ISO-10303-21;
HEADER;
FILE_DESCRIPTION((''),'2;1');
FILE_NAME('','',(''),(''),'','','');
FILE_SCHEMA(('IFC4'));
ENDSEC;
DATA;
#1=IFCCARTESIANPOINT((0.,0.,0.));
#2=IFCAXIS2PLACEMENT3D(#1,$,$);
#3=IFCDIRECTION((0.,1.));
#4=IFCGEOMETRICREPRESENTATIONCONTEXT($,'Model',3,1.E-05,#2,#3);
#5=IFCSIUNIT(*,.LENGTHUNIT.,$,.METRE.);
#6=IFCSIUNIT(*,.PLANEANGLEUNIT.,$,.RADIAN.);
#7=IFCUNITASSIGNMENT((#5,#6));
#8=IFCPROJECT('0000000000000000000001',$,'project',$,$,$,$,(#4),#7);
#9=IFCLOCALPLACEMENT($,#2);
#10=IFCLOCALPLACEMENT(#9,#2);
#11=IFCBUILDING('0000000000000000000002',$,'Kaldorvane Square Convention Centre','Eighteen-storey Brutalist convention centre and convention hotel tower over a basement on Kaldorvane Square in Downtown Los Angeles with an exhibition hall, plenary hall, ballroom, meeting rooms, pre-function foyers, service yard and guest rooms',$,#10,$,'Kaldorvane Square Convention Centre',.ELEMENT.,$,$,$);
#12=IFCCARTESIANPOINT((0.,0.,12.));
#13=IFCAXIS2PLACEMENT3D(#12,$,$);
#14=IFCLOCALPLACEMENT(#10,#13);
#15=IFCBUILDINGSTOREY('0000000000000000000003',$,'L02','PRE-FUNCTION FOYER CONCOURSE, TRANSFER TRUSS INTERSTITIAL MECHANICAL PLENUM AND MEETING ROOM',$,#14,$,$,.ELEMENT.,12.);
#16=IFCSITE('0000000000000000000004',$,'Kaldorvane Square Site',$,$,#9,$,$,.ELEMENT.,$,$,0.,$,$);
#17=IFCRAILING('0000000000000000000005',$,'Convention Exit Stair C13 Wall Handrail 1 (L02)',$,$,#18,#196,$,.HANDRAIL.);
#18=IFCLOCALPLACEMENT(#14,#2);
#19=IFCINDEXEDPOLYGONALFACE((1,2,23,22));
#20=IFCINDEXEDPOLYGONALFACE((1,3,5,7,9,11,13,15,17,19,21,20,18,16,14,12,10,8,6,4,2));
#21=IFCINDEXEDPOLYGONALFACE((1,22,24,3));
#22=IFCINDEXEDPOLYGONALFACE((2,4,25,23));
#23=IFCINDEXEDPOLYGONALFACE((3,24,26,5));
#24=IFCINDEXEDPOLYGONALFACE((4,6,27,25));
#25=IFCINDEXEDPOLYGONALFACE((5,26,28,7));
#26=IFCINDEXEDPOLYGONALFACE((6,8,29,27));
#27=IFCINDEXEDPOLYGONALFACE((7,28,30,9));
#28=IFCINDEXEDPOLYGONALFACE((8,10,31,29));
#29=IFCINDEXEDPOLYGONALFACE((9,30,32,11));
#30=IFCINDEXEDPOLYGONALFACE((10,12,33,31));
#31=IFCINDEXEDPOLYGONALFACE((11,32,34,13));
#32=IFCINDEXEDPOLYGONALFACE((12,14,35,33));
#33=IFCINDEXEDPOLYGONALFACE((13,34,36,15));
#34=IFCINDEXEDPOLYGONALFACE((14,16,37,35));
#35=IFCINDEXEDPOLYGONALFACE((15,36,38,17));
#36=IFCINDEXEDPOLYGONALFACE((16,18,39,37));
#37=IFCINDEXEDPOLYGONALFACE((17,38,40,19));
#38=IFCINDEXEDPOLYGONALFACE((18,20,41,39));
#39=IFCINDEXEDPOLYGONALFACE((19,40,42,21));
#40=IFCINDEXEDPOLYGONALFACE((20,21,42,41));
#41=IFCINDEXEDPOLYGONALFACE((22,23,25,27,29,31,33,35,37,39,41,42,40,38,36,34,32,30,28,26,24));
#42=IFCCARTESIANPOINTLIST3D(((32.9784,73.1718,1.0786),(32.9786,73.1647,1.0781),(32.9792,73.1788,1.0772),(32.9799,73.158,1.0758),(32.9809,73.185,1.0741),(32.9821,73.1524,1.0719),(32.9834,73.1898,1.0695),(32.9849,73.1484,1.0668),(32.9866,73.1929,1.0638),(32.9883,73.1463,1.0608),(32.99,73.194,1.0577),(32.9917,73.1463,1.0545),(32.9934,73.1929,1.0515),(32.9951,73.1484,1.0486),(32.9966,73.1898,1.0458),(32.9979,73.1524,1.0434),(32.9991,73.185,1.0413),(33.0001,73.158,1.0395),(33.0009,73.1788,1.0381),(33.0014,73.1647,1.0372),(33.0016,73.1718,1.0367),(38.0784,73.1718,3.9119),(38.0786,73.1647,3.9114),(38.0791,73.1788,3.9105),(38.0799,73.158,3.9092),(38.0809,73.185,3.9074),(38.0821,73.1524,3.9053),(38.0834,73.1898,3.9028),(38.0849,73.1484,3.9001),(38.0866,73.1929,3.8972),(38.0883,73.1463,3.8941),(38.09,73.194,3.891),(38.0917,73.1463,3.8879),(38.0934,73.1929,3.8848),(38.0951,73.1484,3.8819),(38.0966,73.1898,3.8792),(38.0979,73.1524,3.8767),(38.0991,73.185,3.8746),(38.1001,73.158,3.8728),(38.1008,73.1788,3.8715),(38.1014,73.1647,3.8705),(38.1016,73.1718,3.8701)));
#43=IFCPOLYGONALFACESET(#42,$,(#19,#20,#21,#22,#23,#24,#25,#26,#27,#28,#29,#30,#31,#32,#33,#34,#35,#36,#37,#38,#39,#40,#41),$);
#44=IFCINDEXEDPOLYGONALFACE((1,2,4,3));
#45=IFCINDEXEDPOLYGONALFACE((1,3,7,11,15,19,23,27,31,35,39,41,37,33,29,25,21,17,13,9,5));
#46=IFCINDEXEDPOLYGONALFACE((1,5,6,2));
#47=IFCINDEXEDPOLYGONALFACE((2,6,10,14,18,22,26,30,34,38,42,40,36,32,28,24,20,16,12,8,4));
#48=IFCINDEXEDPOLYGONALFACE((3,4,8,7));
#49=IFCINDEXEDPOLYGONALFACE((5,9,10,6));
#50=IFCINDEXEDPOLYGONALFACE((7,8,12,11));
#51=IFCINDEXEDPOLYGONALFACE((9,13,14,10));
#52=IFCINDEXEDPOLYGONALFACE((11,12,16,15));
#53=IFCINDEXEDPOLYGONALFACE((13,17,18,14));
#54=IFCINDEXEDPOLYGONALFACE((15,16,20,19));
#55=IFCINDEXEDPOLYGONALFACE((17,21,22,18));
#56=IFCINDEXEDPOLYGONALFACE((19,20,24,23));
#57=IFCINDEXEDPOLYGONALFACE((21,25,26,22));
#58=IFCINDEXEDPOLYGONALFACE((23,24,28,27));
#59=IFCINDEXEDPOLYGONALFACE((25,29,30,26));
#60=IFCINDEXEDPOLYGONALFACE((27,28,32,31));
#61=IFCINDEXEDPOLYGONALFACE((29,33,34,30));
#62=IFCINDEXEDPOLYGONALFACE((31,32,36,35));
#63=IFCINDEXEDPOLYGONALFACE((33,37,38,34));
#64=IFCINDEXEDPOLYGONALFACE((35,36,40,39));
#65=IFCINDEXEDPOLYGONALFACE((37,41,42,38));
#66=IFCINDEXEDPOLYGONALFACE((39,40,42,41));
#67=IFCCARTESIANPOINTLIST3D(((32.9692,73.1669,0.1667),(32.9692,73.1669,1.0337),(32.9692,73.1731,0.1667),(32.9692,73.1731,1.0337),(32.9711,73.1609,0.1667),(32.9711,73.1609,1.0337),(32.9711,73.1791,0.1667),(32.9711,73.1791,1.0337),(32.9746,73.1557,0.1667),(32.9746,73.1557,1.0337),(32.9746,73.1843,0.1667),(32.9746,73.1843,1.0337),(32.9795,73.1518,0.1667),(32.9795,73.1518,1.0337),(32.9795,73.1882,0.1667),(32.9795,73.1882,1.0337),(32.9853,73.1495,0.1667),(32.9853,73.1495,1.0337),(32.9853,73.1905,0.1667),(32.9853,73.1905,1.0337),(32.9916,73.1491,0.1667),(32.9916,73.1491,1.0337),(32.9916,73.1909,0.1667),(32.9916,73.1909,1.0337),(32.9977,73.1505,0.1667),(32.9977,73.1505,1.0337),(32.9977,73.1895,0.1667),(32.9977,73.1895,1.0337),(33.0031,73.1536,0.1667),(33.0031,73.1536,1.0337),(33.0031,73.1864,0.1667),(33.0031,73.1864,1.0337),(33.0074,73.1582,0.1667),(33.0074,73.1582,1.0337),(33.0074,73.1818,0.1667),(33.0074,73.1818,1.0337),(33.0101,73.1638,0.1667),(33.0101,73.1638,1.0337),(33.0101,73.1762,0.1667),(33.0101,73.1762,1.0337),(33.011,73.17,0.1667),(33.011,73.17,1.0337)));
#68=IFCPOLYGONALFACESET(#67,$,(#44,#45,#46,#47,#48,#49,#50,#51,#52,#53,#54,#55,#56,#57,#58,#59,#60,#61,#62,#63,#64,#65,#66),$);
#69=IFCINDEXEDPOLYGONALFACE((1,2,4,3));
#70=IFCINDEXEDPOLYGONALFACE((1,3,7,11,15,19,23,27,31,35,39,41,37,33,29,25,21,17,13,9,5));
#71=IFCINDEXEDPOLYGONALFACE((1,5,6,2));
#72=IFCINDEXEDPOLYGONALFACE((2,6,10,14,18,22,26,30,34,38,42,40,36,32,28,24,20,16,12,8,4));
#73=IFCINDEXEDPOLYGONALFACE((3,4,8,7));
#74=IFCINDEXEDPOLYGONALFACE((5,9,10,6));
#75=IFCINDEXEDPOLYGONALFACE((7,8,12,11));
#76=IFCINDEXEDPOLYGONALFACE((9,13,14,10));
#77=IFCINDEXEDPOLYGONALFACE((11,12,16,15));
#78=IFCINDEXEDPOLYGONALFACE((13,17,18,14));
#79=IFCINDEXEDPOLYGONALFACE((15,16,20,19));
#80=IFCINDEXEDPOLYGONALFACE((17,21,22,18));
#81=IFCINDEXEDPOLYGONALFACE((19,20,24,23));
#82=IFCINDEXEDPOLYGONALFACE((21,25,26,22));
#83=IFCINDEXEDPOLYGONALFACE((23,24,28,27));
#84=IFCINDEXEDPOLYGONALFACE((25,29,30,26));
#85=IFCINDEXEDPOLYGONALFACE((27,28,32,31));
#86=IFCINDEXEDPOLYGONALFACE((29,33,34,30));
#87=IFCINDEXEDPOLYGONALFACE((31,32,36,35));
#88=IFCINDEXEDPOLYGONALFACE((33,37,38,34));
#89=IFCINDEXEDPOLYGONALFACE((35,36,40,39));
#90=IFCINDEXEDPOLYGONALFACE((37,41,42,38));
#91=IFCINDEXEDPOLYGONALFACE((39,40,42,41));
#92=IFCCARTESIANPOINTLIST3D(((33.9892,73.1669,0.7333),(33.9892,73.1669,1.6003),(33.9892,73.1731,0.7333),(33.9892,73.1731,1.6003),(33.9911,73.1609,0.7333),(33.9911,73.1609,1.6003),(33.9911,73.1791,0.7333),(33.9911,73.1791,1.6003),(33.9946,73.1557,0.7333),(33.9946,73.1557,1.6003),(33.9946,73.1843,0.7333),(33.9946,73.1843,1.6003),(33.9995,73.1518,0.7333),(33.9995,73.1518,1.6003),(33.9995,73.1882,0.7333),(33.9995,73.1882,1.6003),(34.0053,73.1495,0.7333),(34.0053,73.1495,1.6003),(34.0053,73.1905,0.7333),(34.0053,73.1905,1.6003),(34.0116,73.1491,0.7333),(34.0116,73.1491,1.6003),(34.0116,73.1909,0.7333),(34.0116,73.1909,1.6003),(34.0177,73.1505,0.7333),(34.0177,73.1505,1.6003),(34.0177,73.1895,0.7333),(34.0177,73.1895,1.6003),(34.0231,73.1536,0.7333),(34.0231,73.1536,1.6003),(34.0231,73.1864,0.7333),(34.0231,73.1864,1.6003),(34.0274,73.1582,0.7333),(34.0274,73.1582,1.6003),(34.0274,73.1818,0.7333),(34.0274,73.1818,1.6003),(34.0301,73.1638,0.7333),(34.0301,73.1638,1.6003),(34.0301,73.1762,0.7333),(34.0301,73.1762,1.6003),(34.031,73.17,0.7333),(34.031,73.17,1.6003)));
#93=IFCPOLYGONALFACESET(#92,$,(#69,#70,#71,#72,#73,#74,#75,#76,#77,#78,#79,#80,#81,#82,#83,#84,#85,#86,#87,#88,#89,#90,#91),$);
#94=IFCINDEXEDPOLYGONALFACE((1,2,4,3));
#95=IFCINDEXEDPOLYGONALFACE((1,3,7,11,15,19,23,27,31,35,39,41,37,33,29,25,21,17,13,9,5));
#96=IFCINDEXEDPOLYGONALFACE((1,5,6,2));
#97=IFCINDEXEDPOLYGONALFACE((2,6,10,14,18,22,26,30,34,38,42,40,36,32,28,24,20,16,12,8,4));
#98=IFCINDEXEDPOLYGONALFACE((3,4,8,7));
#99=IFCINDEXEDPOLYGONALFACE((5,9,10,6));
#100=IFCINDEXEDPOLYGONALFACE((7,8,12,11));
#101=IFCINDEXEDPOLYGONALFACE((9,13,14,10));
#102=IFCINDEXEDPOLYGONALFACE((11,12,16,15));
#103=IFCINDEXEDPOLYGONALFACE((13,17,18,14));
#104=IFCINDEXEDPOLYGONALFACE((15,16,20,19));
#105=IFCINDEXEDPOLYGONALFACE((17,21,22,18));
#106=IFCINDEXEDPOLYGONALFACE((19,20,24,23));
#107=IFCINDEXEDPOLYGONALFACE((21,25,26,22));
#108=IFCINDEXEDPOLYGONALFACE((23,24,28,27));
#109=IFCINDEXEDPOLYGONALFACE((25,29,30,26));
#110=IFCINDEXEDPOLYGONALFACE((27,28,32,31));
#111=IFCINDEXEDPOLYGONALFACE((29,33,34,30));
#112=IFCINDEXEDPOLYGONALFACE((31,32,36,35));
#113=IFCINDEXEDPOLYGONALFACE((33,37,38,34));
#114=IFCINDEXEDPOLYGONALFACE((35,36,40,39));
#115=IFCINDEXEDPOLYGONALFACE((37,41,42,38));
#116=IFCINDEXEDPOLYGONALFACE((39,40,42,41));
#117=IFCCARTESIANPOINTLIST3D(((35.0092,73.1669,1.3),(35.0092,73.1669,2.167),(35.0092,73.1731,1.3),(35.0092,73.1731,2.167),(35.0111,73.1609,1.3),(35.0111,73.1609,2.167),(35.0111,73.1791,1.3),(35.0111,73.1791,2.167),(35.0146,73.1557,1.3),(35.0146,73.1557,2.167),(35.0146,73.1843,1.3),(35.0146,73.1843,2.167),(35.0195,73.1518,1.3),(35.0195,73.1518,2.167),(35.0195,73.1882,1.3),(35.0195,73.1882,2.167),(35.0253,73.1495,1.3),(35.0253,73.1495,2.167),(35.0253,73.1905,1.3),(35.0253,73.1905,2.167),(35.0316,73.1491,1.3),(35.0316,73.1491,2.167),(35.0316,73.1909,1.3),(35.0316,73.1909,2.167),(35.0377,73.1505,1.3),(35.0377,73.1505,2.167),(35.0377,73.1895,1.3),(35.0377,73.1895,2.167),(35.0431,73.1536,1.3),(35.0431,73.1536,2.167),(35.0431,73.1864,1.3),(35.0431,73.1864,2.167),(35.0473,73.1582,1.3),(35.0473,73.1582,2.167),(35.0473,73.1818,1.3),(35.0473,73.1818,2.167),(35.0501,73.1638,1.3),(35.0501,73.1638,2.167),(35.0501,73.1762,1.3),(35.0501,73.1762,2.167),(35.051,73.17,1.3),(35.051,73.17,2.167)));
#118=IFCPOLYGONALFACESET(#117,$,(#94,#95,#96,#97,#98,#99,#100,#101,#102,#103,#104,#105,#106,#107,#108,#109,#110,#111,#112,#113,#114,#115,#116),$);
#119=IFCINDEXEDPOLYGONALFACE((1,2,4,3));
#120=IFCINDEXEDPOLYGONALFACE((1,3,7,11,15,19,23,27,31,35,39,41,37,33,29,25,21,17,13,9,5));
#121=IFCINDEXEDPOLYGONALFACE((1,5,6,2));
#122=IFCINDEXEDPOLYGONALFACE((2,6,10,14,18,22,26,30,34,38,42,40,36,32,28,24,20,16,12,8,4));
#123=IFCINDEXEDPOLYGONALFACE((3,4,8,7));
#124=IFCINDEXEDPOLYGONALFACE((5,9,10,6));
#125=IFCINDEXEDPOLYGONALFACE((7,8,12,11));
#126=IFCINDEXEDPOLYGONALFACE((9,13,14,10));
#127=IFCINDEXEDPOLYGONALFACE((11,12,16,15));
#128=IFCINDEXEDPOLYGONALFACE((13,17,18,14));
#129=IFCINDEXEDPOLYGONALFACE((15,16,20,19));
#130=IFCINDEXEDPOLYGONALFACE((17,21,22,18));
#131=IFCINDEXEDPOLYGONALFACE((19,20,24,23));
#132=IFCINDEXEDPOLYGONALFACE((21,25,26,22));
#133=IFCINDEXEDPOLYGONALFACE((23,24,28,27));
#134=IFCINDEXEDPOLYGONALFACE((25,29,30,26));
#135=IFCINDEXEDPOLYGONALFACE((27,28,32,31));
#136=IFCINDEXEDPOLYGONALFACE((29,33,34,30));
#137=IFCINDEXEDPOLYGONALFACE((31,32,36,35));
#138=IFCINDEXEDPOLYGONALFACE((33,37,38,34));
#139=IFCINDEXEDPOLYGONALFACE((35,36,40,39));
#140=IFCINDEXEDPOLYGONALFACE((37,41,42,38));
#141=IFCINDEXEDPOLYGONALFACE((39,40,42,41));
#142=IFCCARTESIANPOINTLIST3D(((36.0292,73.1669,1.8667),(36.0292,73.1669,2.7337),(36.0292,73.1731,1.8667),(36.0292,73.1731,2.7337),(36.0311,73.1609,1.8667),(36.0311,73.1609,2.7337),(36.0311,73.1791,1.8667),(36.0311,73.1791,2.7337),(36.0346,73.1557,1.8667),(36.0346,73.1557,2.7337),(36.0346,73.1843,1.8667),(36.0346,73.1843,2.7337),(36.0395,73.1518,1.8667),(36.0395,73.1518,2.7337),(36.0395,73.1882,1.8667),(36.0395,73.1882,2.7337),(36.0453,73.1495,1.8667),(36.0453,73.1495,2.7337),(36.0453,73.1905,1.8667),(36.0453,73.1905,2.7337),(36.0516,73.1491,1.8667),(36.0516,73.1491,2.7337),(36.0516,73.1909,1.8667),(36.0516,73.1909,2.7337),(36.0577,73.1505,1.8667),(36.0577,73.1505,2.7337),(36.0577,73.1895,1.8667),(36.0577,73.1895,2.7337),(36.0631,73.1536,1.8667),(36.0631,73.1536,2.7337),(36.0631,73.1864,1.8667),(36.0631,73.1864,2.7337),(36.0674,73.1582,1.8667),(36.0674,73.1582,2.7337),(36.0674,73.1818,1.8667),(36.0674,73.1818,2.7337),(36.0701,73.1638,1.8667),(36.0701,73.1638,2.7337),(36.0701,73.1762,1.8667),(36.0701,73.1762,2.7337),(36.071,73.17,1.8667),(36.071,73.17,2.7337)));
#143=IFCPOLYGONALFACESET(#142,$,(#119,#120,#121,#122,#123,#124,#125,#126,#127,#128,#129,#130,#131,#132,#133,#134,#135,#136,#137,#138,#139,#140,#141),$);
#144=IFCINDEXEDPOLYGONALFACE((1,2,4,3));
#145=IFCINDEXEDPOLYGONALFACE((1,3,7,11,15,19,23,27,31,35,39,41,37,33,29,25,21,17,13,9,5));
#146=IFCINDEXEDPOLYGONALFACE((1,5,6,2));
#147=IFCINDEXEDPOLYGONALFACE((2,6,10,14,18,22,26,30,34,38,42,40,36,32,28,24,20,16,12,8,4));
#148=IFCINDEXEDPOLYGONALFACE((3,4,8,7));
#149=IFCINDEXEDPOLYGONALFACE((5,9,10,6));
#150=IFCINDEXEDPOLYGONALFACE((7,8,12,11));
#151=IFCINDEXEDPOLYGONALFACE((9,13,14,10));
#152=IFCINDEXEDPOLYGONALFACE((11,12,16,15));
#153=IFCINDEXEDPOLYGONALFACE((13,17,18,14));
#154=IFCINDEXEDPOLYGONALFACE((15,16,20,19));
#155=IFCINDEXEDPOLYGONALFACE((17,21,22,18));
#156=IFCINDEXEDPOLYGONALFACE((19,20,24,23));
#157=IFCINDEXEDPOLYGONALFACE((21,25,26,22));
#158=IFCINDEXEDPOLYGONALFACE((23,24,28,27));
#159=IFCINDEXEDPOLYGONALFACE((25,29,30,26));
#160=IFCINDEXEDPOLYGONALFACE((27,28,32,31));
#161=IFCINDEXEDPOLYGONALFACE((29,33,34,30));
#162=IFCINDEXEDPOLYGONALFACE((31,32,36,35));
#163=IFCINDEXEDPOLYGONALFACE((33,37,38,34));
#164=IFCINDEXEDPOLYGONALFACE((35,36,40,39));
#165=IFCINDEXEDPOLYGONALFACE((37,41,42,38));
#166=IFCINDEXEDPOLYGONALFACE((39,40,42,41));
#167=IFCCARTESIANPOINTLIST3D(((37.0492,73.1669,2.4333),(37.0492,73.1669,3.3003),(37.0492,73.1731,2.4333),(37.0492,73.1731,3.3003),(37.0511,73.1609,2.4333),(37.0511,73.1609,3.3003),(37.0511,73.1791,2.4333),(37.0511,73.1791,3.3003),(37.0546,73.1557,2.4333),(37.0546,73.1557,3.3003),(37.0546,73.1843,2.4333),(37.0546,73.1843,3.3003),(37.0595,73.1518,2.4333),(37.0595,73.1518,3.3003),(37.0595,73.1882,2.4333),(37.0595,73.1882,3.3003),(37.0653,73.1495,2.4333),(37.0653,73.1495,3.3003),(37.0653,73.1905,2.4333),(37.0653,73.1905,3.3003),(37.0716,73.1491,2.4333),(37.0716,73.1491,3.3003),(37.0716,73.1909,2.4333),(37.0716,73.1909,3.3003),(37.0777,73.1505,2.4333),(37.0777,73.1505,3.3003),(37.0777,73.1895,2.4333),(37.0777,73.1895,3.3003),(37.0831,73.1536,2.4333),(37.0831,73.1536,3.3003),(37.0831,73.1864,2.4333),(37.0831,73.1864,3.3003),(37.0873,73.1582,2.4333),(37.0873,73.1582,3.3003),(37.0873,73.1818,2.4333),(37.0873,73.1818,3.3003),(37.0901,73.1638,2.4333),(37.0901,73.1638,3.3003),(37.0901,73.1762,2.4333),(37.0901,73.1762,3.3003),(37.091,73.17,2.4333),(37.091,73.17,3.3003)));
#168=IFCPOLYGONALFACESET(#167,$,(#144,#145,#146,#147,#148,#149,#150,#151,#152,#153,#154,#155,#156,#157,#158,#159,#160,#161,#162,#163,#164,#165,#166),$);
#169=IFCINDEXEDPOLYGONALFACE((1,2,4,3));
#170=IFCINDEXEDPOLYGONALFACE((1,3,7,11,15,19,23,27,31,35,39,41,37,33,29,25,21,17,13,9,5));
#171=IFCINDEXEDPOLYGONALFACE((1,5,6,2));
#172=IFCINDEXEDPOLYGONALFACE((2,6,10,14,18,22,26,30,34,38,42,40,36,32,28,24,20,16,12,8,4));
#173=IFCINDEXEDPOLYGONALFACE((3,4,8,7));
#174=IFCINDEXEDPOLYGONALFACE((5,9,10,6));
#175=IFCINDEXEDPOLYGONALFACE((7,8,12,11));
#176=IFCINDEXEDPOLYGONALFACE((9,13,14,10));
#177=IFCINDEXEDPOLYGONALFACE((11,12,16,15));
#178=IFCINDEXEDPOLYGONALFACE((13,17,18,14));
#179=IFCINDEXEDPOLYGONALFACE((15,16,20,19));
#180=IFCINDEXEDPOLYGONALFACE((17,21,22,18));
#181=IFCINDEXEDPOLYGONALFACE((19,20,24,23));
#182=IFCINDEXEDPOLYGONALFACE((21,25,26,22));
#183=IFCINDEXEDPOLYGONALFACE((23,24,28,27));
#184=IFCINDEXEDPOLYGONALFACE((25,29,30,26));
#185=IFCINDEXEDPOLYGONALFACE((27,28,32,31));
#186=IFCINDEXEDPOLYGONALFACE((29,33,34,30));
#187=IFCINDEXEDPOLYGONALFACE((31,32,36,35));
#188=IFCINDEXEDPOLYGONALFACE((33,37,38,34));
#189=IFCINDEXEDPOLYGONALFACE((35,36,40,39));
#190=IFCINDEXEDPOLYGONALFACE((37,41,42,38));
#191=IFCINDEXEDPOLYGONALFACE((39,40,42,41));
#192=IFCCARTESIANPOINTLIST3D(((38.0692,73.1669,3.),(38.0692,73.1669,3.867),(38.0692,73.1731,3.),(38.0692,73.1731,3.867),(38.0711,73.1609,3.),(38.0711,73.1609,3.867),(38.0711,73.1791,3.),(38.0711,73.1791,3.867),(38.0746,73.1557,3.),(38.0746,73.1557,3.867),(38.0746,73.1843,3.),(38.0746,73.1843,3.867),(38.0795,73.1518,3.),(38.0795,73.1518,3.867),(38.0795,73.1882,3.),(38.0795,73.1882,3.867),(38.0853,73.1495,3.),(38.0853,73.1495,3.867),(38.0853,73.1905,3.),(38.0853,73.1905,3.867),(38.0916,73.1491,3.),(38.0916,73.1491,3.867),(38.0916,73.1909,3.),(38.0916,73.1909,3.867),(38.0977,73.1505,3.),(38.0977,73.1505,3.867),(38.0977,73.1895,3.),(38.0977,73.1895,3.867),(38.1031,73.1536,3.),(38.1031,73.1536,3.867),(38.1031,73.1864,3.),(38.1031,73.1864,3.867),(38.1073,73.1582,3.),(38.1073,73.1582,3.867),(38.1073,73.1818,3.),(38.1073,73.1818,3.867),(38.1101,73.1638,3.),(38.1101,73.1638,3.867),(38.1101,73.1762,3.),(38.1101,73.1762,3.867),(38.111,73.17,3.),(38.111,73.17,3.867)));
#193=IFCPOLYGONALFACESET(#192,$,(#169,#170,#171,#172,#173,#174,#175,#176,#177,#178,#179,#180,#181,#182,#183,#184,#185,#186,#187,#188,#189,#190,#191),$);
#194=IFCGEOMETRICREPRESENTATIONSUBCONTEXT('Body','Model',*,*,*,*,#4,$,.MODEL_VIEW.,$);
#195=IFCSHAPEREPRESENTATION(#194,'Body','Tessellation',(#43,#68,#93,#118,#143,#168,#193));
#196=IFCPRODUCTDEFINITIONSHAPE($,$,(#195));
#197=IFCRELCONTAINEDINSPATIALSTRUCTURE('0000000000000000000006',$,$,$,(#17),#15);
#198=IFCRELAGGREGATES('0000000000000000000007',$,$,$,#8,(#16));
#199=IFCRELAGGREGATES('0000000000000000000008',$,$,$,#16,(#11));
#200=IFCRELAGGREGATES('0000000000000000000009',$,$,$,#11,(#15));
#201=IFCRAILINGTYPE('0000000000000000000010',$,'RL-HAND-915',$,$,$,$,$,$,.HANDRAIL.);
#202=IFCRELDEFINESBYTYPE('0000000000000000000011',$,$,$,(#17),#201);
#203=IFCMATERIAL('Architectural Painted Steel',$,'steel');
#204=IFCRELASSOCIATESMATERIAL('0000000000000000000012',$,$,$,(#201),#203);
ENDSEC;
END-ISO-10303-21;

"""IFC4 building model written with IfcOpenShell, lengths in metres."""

from ifc_helpers import new_model, si_unit, direction, frame, origin, origin_2d, place, context, subcontext, project, spatial, circle, extrude, material, type_object, element, save


model = new_model("IFC4")

# Units and contexts
model_context = context("Model", 3, precision=1e-05, world=origin(), true_north=direction((0.0, 1.0)))
body_context = subcontext(model_context, "Body", "Model", "MODEL_VIEW")
ifc_project = project(units=[si_unit("LENGTHUNIT", "METRE"), si_unit("PLANEANGLEUNIT", "RADIAN")], contexts=[model_context])

# Site, building, storey
site_placement = place(None, origin())
site = spatial("IfcSite", under=ifc_project, at=site_placement, Name="Kaldorvane Square Site", CompositionType="ELEMENT", RefElevation=0.0)
building_placement = place(site_placement, origin())
building = spatial("IfcBuilding", under=site, at=building_placement, Name="Kaldorvane Square Convention Centre", Description="Eighteen-storey Brutalist convention centre and convention hotel tower over a basement on Kaldorvane Square in Downtown Los Angeles with an exhibition hall, plenary hall, ballroom, meeting rooms, pre-function foyers, service yard and guest rooms", LongName="Kaldorvane Square Convention Centre", CompositionType="ELEMENT")
storey_placement = place(building_placement, frame((0.0, 0.0, 12.0)))
storey = spatial("IfcBuildingStorey", under=building, at=storey_placement, Name="L02", Description="PRE-FUNCTION FOYER CONCOURSE, TRANSFER TRUSS INTERSTITIAL MECHANICAL PLENUM AND MEETING ROOM", CompositionType="ELEMENT", Elevation=12.0)

# Railing
ifc_material_1 = material(Name="Architectural Painted Steel", Category="steel")
railing_type_1 = type_object("IfcRailingType", Name="RL-HAND-915", PredefinedType="HANDRAIL", material=ifc_material_1)
railing_1_placement = place(storey_placement, frame((32.99, 73.17, 0.1667)))
element("IfcRailing", 1, at=railing_1_placement, inside=storey, type_object=railing_type_1, Name="Convention Exit Stair C13 Wall Handrail 1 (L02)", PredefinedType="HANDRAIL", context=body_context, shape_type="SweptSolid", body=[
    extrude(circle(Radius=0.024, at=origin_2d()), frame((0.0, 0.0, 0.891), z_axis=(0.874157, 0.0, 0.485643), x_axis=(0.0, 1.0, 0.0)), (0.0, 0.0, 1.0), 5.8342),
    extrude(circle(Radius=0.021, at=origin_2d()), origin(), (0.0, 0.0, 1.0), 0.867),
    extrude(circle(Radius=0.021, at=origin_2d()), frame((1.02, 0.0, 0.5667)), (0.0, 0.0, 1.0), 0.867),
    extrude(circle(Radius=0.021, at=origin_2d()), frame((2.04, 0.0, 1.1333)), (0.0, 0.0, 1.0), 0.867),
    extrude(circle(Radius=0.021, at=origin_2d()), frame((3.06, 0.0, 1.7)), (0.0, 0.0, 1.0), 0.867),
    extrude(circle(Radius=0.021, at=origin_2d()), frame((4.08, 0.0, 2.2667)), (0.0, 0.0, 1.0), 0.867),
    extrude(circle(Radius=0.021, at=origin_2d()), frame((5.1, 0.0, 2.8333)), (0.0, 0.0, 1.0), 0.867),
])

save(model, "model.ifc")
